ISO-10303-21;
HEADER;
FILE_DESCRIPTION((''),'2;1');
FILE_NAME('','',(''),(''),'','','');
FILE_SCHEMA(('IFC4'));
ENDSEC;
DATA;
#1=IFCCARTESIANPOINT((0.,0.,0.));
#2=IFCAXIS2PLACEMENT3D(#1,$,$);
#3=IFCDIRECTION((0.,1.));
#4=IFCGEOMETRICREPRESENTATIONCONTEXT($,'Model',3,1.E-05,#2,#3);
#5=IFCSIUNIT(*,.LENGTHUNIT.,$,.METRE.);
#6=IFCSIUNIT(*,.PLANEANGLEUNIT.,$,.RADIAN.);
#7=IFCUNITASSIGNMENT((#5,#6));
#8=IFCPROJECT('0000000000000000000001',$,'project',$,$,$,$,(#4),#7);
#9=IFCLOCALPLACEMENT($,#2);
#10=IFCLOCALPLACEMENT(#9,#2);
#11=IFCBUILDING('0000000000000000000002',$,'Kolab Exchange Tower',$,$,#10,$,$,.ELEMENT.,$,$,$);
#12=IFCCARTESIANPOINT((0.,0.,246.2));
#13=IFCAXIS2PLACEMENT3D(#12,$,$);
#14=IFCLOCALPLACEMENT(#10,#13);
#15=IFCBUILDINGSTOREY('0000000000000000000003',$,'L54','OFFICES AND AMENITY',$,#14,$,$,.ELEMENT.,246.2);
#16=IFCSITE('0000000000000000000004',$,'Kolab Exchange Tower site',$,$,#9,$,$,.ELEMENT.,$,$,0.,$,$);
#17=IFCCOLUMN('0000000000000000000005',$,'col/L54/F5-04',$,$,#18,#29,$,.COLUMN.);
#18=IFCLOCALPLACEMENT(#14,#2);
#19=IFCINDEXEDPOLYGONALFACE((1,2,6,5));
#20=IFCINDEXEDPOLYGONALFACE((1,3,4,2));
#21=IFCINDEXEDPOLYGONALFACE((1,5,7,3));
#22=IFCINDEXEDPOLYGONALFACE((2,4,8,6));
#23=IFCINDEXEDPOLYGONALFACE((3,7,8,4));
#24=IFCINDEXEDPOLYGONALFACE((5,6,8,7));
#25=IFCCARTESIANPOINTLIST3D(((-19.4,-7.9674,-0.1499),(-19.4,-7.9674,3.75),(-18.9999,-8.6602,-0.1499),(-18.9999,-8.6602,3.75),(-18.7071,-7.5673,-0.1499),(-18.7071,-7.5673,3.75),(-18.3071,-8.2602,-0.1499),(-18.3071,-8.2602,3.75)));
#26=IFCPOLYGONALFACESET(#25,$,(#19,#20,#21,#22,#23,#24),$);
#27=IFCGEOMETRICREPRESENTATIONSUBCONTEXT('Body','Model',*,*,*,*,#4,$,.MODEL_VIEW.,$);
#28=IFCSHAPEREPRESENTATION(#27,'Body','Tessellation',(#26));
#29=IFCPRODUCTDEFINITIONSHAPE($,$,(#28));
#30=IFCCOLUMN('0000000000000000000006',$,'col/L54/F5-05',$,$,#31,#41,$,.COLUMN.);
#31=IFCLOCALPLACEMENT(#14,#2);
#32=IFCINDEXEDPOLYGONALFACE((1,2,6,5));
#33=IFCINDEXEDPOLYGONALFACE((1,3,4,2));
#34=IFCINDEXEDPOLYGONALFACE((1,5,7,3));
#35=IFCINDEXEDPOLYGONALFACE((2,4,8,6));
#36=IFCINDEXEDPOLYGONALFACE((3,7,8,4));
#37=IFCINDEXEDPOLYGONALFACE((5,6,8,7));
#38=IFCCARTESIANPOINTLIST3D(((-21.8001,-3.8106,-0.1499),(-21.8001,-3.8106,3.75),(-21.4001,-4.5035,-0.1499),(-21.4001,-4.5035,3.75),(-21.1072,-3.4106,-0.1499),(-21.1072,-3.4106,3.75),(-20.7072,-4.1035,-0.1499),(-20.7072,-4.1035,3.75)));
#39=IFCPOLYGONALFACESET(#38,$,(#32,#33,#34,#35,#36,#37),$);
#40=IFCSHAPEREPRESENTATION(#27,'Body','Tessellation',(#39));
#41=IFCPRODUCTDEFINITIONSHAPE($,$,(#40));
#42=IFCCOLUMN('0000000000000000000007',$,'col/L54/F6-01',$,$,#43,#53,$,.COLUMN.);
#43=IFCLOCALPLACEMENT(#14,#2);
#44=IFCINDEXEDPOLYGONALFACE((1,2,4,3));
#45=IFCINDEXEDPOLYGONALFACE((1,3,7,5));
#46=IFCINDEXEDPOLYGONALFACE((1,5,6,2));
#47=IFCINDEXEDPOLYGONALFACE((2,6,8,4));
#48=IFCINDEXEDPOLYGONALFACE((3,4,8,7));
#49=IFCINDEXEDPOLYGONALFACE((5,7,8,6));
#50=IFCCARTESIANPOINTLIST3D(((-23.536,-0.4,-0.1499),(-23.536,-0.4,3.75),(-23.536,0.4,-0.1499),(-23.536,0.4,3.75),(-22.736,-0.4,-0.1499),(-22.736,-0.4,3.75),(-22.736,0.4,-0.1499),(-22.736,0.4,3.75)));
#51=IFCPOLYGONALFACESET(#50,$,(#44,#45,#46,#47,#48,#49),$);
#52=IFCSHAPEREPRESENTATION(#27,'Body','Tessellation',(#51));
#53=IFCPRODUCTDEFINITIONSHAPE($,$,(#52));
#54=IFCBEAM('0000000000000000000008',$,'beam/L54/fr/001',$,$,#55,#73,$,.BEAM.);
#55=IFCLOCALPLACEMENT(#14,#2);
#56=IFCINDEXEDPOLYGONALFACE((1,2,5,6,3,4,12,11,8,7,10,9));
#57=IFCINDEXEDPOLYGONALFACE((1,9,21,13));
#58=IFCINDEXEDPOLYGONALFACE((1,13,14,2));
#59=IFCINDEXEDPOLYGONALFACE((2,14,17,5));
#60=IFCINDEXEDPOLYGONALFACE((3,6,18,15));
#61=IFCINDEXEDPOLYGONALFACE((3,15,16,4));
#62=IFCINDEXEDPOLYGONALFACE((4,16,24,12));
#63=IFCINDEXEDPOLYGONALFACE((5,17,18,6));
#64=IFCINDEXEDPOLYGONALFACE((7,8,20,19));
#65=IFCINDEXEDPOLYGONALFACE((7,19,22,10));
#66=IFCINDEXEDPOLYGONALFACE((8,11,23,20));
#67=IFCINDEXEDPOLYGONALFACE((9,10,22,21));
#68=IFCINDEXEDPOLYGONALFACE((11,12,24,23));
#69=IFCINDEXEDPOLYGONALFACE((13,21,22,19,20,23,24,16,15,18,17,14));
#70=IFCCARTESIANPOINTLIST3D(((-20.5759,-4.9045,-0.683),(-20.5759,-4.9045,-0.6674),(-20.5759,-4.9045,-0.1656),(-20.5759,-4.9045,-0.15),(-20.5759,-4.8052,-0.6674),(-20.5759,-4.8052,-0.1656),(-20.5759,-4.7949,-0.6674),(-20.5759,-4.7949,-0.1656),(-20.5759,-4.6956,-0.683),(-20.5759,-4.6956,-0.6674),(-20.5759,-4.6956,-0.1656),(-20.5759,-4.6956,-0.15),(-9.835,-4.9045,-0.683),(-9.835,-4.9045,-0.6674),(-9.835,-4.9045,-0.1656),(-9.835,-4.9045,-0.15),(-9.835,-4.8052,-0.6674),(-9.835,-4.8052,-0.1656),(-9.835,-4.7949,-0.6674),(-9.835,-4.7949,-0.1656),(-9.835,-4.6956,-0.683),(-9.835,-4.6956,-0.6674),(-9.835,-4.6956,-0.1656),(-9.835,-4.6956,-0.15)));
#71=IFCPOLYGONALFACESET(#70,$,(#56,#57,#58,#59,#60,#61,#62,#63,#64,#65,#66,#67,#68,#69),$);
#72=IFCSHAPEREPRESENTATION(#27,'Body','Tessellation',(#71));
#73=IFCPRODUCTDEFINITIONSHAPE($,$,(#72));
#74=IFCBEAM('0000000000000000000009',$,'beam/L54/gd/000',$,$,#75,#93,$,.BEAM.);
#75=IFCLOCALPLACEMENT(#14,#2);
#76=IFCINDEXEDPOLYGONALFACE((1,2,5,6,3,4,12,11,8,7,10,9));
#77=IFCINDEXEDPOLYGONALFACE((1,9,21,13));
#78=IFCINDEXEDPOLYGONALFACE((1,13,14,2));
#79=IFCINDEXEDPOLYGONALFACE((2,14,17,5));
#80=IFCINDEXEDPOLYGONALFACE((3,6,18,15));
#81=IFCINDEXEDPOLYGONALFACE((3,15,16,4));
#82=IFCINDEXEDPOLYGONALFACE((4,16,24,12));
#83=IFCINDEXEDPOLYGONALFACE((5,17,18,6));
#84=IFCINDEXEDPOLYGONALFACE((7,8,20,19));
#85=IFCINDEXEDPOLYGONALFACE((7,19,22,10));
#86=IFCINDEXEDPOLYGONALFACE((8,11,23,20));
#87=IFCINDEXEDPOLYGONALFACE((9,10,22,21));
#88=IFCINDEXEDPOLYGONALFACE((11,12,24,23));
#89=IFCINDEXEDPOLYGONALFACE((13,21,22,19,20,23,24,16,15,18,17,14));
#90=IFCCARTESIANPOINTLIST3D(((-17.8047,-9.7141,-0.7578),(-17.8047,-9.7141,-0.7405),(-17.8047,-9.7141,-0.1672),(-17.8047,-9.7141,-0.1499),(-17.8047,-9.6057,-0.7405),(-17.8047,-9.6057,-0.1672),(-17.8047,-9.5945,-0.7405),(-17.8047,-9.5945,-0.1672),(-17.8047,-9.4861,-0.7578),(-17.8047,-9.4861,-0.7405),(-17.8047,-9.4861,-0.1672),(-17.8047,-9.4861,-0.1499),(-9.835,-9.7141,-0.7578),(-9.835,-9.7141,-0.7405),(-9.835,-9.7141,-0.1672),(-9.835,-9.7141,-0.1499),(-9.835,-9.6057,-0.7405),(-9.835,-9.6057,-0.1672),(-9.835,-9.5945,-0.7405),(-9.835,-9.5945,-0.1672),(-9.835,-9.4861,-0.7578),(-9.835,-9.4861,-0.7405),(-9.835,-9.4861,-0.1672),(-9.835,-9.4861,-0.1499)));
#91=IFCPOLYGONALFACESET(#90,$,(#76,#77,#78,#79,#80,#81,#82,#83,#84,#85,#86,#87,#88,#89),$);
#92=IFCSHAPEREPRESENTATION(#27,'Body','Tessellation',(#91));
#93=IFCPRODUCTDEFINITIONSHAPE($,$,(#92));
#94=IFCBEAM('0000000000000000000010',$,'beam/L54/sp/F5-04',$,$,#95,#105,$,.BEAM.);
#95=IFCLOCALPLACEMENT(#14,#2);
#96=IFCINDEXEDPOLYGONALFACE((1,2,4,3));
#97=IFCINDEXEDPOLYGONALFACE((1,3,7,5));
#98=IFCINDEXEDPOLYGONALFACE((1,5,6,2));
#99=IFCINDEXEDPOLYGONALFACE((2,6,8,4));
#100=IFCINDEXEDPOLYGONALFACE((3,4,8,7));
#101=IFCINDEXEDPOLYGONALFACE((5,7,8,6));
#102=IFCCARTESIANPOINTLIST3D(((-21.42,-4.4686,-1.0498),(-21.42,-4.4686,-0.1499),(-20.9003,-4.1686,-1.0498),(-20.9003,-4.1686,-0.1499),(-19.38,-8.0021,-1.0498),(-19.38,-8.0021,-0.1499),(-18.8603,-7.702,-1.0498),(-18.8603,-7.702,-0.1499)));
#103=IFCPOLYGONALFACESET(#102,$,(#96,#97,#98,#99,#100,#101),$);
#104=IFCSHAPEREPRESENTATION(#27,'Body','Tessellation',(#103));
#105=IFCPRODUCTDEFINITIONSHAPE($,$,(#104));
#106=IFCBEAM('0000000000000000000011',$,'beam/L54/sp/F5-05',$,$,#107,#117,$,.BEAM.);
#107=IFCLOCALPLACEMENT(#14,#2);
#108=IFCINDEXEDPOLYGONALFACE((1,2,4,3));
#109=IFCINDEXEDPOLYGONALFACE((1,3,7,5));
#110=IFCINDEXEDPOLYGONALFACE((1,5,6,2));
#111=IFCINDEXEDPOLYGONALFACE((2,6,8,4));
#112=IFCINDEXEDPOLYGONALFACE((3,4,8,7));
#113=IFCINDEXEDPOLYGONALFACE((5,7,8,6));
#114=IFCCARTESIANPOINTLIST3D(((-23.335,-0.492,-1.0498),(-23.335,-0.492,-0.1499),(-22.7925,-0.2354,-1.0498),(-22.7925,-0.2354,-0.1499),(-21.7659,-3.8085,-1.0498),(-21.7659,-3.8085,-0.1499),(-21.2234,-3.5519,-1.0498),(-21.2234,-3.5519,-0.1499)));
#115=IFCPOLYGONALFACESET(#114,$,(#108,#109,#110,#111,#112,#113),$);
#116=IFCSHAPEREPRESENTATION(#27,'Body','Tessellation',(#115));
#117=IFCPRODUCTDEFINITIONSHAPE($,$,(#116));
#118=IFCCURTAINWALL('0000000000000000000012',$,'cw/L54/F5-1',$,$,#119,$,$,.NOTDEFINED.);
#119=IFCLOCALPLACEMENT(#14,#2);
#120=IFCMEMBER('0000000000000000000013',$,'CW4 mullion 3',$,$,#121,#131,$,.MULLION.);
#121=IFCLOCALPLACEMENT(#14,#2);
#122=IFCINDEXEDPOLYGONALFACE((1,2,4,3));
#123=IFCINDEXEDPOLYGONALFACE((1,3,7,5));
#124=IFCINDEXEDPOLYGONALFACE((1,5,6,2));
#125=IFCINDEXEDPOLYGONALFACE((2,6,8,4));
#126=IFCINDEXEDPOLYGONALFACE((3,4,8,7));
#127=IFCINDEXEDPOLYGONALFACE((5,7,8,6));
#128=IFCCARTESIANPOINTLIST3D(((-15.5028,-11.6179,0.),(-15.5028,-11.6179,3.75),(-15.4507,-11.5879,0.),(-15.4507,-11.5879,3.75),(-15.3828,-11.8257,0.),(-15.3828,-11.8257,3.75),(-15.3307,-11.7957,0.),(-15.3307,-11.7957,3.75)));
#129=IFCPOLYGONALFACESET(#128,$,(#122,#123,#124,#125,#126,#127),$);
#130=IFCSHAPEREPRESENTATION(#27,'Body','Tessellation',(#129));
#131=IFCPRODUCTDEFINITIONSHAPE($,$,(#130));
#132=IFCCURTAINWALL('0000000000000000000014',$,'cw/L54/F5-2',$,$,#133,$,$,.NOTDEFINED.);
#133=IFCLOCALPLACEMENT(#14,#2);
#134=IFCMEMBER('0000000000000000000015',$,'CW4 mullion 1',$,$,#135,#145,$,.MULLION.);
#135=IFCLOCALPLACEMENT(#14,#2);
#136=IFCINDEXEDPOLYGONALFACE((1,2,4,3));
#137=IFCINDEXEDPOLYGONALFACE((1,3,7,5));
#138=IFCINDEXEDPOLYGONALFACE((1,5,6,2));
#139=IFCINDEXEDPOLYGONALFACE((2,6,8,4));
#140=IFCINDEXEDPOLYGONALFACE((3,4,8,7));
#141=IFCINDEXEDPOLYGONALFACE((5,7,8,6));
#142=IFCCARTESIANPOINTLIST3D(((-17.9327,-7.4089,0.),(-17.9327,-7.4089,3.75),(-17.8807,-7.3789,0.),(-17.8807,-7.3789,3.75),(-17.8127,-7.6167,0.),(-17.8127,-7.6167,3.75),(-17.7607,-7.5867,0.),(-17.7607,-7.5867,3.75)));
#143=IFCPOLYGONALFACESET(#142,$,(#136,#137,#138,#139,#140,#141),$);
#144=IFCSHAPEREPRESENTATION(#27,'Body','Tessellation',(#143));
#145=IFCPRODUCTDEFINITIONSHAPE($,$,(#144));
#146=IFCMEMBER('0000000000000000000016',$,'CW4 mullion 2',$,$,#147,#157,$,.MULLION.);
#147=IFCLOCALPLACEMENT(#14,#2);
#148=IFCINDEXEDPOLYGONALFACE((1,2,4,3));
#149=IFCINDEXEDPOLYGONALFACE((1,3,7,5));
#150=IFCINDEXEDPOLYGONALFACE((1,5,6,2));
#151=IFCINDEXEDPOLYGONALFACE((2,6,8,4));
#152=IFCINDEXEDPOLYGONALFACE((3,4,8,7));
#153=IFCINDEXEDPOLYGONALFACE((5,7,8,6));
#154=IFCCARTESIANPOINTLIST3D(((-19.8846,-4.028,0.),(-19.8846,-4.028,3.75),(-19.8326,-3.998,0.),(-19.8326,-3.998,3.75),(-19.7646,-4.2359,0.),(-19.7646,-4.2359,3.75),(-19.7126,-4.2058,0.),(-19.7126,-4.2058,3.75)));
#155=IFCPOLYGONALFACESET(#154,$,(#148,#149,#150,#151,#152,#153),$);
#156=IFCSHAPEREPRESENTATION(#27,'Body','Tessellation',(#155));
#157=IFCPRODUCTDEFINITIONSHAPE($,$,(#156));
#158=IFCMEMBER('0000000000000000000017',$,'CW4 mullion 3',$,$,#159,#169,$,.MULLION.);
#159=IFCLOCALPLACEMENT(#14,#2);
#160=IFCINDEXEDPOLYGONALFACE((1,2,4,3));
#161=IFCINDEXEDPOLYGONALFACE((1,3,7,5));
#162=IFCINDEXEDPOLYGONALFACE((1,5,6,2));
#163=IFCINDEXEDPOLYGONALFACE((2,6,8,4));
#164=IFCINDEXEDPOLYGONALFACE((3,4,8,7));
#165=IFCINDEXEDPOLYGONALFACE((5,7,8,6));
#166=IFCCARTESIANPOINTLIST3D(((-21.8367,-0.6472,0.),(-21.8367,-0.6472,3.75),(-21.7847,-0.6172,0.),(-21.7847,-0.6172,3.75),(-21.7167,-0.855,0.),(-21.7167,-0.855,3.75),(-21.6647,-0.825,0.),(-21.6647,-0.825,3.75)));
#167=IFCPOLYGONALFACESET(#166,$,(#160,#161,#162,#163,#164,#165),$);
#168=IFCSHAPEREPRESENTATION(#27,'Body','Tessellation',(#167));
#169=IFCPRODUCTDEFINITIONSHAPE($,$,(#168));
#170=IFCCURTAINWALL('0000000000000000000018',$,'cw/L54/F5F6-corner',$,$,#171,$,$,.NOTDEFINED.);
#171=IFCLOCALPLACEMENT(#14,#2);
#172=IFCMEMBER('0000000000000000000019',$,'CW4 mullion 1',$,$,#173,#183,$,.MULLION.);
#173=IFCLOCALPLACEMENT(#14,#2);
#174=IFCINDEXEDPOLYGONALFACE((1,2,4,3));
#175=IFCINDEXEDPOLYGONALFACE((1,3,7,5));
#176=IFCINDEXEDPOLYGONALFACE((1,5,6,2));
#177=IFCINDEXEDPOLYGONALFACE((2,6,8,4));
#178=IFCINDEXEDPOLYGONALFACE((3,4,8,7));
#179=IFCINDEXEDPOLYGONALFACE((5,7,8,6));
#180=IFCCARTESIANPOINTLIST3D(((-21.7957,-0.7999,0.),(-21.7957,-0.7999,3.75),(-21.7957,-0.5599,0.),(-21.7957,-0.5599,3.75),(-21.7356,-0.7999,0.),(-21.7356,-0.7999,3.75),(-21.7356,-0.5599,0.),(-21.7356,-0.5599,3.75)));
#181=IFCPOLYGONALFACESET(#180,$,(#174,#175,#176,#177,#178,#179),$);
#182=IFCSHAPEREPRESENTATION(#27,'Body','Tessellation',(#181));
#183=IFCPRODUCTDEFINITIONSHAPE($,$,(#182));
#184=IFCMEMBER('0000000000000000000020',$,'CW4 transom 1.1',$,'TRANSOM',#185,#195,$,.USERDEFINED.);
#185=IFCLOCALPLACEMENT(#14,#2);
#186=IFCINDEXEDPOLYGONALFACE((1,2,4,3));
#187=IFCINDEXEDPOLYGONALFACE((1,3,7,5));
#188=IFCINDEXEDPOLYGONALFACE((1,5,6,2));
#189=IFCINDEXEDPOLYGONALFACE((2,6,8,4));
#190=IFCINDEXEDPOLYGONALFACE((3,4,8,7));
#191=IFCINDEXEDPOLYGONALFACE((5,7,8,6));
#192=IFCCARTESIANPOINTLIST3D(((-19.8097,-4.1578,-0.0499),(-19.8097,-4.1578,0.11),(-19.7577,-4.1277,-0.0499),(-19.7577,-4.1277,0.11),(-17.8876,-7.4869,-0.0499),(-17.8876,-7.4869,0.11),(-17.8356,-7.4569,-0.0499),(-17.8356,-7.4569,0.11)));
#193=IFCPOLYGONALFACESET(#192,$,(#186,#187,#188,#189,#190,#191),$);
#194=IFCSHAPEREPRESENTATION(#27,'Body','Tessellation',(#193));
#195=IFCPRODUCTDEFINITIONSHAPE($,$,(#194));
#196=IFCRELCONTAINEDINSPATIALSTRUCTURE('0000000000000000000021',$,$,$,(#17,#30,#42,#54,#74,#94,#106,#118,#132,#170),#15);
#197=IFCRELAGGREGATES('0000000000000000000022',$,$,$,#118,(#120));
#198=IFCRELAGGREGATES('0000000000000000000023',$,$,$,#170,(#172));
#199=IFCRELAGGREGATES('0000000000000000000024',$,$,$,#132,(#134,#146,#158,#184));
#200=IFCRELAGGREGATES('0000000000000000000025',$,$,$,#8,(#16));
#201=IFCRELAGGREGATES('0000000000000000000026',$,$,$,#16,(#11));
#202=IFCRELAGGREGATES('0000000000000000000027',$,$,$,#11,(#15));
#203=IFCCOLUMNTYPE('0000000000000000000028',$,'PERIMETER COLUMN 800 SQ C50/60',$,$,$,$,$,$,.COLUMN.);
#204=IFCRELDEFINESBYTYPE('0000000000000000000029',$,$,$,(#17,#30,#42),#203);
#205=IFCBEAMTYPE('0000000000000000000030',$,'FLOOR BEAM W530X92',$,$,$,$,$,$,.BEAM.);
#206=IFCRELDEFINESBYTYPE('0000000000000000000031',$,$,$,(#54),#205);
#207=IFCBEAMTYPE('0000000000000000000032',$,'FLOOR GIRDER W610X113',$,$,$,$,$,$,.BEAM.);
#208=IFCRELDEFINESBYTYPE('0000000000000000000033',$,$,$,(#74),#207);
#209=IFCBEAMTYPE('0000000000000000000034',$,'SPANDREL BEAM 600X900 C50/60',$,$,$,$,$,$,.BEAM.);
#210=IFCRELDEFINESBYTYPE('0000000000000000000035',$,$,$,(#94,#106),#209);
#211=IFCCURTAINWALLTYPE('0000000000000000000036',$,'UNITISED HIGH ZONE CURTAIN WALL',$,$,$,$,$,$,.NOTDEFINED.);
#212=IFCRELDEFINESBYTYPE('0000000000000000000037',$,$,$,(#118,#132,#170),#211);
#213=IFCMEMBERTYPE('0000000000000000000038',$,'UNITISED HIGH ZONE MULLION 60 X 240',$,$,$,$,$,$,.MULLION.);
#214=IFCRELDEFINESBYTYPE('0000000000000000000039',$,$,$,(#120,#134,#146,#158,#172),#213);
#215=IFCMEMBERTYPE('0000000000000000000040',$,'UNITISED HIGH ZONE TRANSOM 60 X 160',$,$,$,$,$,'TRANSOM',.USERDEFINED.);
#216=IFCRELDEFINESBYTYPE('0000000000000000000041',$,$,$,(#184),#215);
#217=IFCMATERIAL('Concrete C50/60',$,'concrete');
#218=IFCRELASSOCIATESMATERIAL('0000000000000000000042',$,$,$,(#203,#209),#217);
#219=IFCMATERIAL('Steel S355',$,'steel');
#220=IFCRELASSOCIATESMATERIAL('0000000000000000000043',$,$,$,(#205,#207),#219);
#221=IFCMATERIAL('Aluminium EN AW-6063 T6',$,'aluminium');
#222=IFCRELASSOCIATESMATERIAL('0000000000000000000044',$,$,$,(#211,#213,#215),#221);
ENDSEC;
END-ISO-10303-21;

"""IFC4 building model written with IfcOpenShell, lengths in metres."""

from ifc_helpers import new_model, si_unit, direction, frame, origin, origin_2d, place, context, subcontext, project, spatial, rectangle, i_section, extrude, material, material_profile, profile_set, type_object, element, aggregate, save


model = new_model("IFC4")

# Units and contexts
model_context = context("Model", 3, precision=1e-05, world=origin(), true_north=direction((0.0, 1.0)))
body_context = subcontext(model_context, "Body", "Model", "MODEL_VIEW")
ifc_project = project(units=[si_unit("LENGTHUNIT", "METRE"), si_unit("PLANEANGLEUNIT", "RADIAN")], contexts=[model_context])

# Site, building, storey
site_placement = place(None, origin())
site = spatial("IfcSite", under=ifc_project, at=site_placement, Name="Kolab Exchange Tower site", CompositionType="ELEMENT", RefElevation=0.0)
building_placement = place(site_placement, origin())
building = spatial("IfcBuilding", under=site, at=building_placement, Name="Kolab Exchange Tower", CompositionType="ELEMENT")
storey_placement = place(building_placement, frame((0.0, 0.0, 246.2)))
storey = spatial("IfcBuildingStorey", under=building, at=storey_placement, Name="L54", Description="OFFICES AND AMENITY", CompositionType="ELEMENT", Elevation=246.2)

# Columns
ifc_material_1 = material(Name="Concrete C50/60", Category="concrete")
ifc_material_profile_1 = material_profile(ifc_material_1, rectangle(XDim=0.8, YDim=0.8, at=origin_2d()), Name="RC800")
ifc_profile_set_1 = profile_set([ifc_material_profile_1], Name="Concrete C50/60")
column_type = type_object("IfcColumnType", Name="PERIMETER COLUMN 800 SQ C50/60", PredefinedType="COLUMN", material=ifc_profile_set_1)
for number, where, z_axis, x_axis, name in (
    (1, (-18.8535, -8.1138, -0.1499), (0.0, 0.0, 1.0), (0.866025, 0.5, 0.0), "col/L54/F5-04"),
    (2, (-21.2537, -3.957, -0.1499), (0.0, 0.0, 1.0), (0.866025, 0.5, 0.0), "col/L54/F5-05"),
    (3, (-23.136, 0.0, -0.1499), (0.0, 0.0, 1.0), (1.0, 0.0, 0.0), "col/L54/F6-01"),
):
    element("IfcColumn", number, at=place(storey_placement, frame(where, z_axis=z_axis, x_axis=x_axis)), inside=storey, type_object=column_type, Name=name, PredefinedType="COLUMN", context=body_context, shape_type="SweptSolid", body=[
        extrude(rectangle(XDim=0.8, YDim=0.8, at=origin_2d()), origin(), (0.0, 0.0, 1.0), 3.8999),
    ])

# Beams
ifc_material_2 = material(Name="Steel S355", Category="steel")
ifc_material_profile_2 = material_profile(ifc_material_2, i_section(OverallWidth=0.209, OverallDepth=0.533, WebThickness=0.0103, FlangeThickness=0.0156, at=origin_2d()), Name="W530X92")
ifc_profile_set_2 = profile_set([ifc_material_profile_2], Name="Steel S355")
beam_type_1 = type_object("IfcBeamType", Name="FLOOR BEAM W530X92", PredefinedType="BEAM", material=ifc_profile_set_2)
beam_1_placement = place(storey_placement, frame((-20.5759, -4.8, -0.4165), z_axis=(1.0, 0.0, 0.0), x_axis=(0.0, 1.0, 0.0)))
element("IfcBeam", 4, at=beam_1_placement, inside=storey, type_object=beam_type_1, Name="beam/L54/fr/001", PredefinedType="BEAM", context=body_context, shape_type="SweptSolid", body=[
    extrude(i_section(OverallWidth=0.209, OverallDepth=0.533, WebThickness=0.0103, FlangeThickness=0.0156, at=origin_2d()), origin(), (0.0, 0.0, 1.0), 10.741),
])
ifc_material_profile_3 = material_profile(ifc_material_2, i_section(OverallWidth=0.228, OverallDepth=0.6079, WebThickness=0.0112, FlangeThickness=0.0173, at=origin_2d()), Name="W610X113")
ifc_profile_set_3 = profile_set([ifc_material_profile_3], Name="Steel S355")
beam_type_2 = type_object("IfcBeamType", Name="FLOOR GIRDER W610X113", PredefinedType="BEAM", material=ifc_profile_set_3)
beam_2_placement = place(storey_placement, frame((-17.8047, -9.6001, -0.4539), z_axis=(1.0, 0.0, 0.0), x_axis=(0.0, 1.0, 0.0)))
element("IfcBeam", 5, at=beam_2_placement, inside=storey, type_object=beam_type_2, Name="beam/L54/gd/000", PredefinedType="BEAM", context=body_context, shape_type="SweptSolid", body=[
    extrude(i_section(OverallWidth=0.228, OverallDepth=0.6079, WebThickness=0.0112, FlangeThickness=0.0173, at=origin_2d()), origin(), (0.0, 0.0, 1.0), 7.9697),
])
ifc_material_profile_4 = material_profile(ifc_material_1, rectangle(XDim=0.6001, YDim=0.8999, at=origin_2d()), Name="RC600X900")
ifc_profile_set_4 = profile_set([ifc_material_profile_4], Name="Concrete C50/60")
beam_type_3 = type_object("IfcBeamType", Name="SPANDREL BEAM 600X900 C50/60", PredefinedType="BEAM", material=ifc_profile_set_4)
beam_3_placement = place(storey_placement, frame((-19.1201, -7.8521, -0.5999), z_axis=(-0.5, 0.866025, 0.0), x_axis=(-0.866025, -0.5, 0.0)))
element("IfcBeam", 6, at=beam_3_placement, inside=storey, type_object=beam_type_3, Name="beam/L54/sp/F5-04", PredefinedType="BEAM", context=body_context, shape_type="SweptSolid", body=[
    extrude(rectangle(XDim=0.6001, YDim=0.8999, at=origin_2d()), origin(), (0.0, 0.0, 1.0), 4.0801),
])
beam_4_placement = place(storey_placement, frame((-21.4946, -3.6802, -0.5999), z_axis=(-0.427677, 0.903932, 0.0), x_axis=(-0.903932, -0.427677, 0.0)))
element("IfcBeam", 7, at=beam_4_placement, inside=storey, type_object=beam_type_3, Name="beam/L54/sp/F5-05", PredefinedType="BEAM", context=body_context, shape_type="SweptSolid", body=[
    extrude(rectangle(XDim=0.6001, YDim=0.8999, at=origin_2d()), origin(), (0.0, 0.0, 1.0), 3.6689),
])

# Curtain wall, member
ifc_material_3 = material(Name="Aluminium EN AW-6063 T6", Category="aluminium")
curtain_wall_type = type_object("IfcCurtainWallType", Name="UNITISED HIGH ZONE CURTAIN WALL", PredefinedType="NOTDEFINED", material=ifc_material_3)
curtain_wall_1_placement = place(storey_placement, origin())
curtain_wall_1 = element("IfcCurtainWall", 8, at=curtain_wall_1_placement, inside=storey, type_object=curtain_wall_type, Name="cw/L54/F5-1", PredefinedType="NOTDEFINED")
ifc_material_profile_5 = material_profile(ifc_material_3, rectangle(XDim=0.0601, YDim=0.24, at=origin_2d()), Name="RECT 60X240")
ifc_profile_set_5 = profile_set([ifc_material_profile_5], Name="Aluminium EN AW-6063 T6")
member_type_1 = type_object("IfcMemberType", Name="UNITISED HIGH ZONE MULLION 60 X 240", PredefinedType="MULLION", material=ifc_profile_set_5)
member_1_placement = place(storey_placement, frame((-15.4167, -11.7068, 0.0), z_axis=(0.0, 0.0, 1.0), x_axis=(-0.866025, -0.5, 0.0)))
member_1 = element("IfcMember", 9, at=member_1_placement, type_object=member_type_1, Name="CW4 mullion 3", PredefinedType="MULLION", context=body_context, shape_type="SweptSolid", body=[
    extrude(rectangle(XDim=0.0601, YDim=0.24, at=origin_2d()), origin(), (0.0, 0.0, 1.0), 3.75),
])
aggregate(curtain_wall_1, [member_1])

# Curtain wall, members
curtain_wall_2_placement = place(storey_placement, origin())
curtain_wall_2 = element("IfcCurtainWall", 10, at=curtain_wall_2_placement, inside=storey, type_object=curtain_wall_type, Name="cw/L54/F5-2", PredefinedType="NOTDEFINED")
member_2_placement = place(storey_placement, frame((-17.8467, -7.4978, 0.0), z_axis=(0.0, 0.0, 1.0), x_axis=(-0.866025, -0.5, 0.0)))
member_2 = element("IfcMember", 11, at=member_2_placement, type_object=member_type_1, Name="CW4 mullion 1", PredefinedType="MULLION", context=body_context, shape_type="SweptSolid", body=[
    extrude(rectangle(XDim=0.0601, YDim=0.24, at=origin_2d()), origin(), (0.0, 0.0, 1.0), 3.75),
])
member_3_placement = place(storey_placement, frame((-19.7986, -4.1169, 0.0), z_axis=(0.0, 0.0, 1.0), x_axis=(-0.866025, -0.5, 0.0)))
member_3 = element("IfcMember", 12, at=member_3_placement, type_object=member_type_1, Name="CW4 mullion 2", PredefinedType="MULLION", context=body_context, shape_type="SweptSolid", body=[
    extrude(rectangle(XDim=0.0601, YDim=0.24, at=origin_2d()), origin(), (0.0, 0.0, 1.0), 3.75),
])
member_4_placement = place(storey_placement, frame((-21.7507, -0.7361, 0.0), z_axis=(0.0, 0.0, 1.0), x_axis=(-0.866025, -0.5, 0.0)))
member_4 = element("IfcMember", 13, at=member_4_placement, type_object=member_type_1, Name="CW4 mullion 3", PredefinedType="MULLION", context=body_context, shape_type="SweptSolid", body=[
    extrude(rectangle(XDim=0.0601, YDim=0.24, at=origin_2d()), origin(), (0.0, 0.0, 1.0), 3.75),
])

# Curtain wall, member
curtain_wall_3_placement = place(storey_placement, origin())
curtain_wall_3 = element("IfcCurtainWall", 14, at=curtain_wall_3_placement, inside=storey, type_object=curtain_wall_type, Name="cw/L54/F5F6-corner", PredefinedType="NOTDEFINED")
member_5_placement = place(storey_placement, frame((-21.7656, -0.6799, 0.0), z_axis=(0.0, 0.0, 1.0), x_axis=(-1.0, 0.0, 0.0)))
member_5 = element("IfcMember", 15, at=member_5_placement, type_object=member_type_1, Name="CW4 mullion 1", PredefinedType="MULLION", context=body_context, shape_type="SweptSolid", body=[
    extrude(rectangle(XDim=0.0601, YDim=0.24, at=origin_2d()), origin(), (0.0, 0.0, 1.0), 3.75),
])

# Member
ifc_material_profile_6 = material_profile(ifc_material_3, rectangle(XDim=0.0601, YDim=0.1599, at=origin_2d()), Name="RECT 60X160")
ifc_profile_set_6 = profile_set([ifc_material_profile_6], Name="Aluminium EN AW-6063 T6")
member_type_2 = type_object("IfcMemberType", Name="UNITISED HIGH ZONE TRANSOM 60 X 160", ElementType="TRANSOM", PredefinedType="USERDEFINED", material=ifc_profile_set_6)
member_6_placement = place(storey_placement, frame((-17.8616, -7.4719, 0.03), z_axis=(-0.500012, 0.866018, 0.0), x_axis=(-0.866018, -0.500012, 0.0)))
member_6 = element("IfcMember", 16, at=member_6_placement, type_object=member_type_2, Name="CW4 transom 1.1", ObjectType="TRANSOM", PredefinedType="USERDEFINED", context=body_context, shape_type="SweptSolid", body=[
    extrude(rectangle(XDim=0.0601, YDim=0.1599, at=origin_2d()), origin(), (0.0, 0.0, 1.0), 3.8442),
])
aggregate(curtain_wall_3, [member_5])

aggregate(curtain_wall_2, [member_2, member_3, member_4, member_6])

save(model, "model.ifc")
